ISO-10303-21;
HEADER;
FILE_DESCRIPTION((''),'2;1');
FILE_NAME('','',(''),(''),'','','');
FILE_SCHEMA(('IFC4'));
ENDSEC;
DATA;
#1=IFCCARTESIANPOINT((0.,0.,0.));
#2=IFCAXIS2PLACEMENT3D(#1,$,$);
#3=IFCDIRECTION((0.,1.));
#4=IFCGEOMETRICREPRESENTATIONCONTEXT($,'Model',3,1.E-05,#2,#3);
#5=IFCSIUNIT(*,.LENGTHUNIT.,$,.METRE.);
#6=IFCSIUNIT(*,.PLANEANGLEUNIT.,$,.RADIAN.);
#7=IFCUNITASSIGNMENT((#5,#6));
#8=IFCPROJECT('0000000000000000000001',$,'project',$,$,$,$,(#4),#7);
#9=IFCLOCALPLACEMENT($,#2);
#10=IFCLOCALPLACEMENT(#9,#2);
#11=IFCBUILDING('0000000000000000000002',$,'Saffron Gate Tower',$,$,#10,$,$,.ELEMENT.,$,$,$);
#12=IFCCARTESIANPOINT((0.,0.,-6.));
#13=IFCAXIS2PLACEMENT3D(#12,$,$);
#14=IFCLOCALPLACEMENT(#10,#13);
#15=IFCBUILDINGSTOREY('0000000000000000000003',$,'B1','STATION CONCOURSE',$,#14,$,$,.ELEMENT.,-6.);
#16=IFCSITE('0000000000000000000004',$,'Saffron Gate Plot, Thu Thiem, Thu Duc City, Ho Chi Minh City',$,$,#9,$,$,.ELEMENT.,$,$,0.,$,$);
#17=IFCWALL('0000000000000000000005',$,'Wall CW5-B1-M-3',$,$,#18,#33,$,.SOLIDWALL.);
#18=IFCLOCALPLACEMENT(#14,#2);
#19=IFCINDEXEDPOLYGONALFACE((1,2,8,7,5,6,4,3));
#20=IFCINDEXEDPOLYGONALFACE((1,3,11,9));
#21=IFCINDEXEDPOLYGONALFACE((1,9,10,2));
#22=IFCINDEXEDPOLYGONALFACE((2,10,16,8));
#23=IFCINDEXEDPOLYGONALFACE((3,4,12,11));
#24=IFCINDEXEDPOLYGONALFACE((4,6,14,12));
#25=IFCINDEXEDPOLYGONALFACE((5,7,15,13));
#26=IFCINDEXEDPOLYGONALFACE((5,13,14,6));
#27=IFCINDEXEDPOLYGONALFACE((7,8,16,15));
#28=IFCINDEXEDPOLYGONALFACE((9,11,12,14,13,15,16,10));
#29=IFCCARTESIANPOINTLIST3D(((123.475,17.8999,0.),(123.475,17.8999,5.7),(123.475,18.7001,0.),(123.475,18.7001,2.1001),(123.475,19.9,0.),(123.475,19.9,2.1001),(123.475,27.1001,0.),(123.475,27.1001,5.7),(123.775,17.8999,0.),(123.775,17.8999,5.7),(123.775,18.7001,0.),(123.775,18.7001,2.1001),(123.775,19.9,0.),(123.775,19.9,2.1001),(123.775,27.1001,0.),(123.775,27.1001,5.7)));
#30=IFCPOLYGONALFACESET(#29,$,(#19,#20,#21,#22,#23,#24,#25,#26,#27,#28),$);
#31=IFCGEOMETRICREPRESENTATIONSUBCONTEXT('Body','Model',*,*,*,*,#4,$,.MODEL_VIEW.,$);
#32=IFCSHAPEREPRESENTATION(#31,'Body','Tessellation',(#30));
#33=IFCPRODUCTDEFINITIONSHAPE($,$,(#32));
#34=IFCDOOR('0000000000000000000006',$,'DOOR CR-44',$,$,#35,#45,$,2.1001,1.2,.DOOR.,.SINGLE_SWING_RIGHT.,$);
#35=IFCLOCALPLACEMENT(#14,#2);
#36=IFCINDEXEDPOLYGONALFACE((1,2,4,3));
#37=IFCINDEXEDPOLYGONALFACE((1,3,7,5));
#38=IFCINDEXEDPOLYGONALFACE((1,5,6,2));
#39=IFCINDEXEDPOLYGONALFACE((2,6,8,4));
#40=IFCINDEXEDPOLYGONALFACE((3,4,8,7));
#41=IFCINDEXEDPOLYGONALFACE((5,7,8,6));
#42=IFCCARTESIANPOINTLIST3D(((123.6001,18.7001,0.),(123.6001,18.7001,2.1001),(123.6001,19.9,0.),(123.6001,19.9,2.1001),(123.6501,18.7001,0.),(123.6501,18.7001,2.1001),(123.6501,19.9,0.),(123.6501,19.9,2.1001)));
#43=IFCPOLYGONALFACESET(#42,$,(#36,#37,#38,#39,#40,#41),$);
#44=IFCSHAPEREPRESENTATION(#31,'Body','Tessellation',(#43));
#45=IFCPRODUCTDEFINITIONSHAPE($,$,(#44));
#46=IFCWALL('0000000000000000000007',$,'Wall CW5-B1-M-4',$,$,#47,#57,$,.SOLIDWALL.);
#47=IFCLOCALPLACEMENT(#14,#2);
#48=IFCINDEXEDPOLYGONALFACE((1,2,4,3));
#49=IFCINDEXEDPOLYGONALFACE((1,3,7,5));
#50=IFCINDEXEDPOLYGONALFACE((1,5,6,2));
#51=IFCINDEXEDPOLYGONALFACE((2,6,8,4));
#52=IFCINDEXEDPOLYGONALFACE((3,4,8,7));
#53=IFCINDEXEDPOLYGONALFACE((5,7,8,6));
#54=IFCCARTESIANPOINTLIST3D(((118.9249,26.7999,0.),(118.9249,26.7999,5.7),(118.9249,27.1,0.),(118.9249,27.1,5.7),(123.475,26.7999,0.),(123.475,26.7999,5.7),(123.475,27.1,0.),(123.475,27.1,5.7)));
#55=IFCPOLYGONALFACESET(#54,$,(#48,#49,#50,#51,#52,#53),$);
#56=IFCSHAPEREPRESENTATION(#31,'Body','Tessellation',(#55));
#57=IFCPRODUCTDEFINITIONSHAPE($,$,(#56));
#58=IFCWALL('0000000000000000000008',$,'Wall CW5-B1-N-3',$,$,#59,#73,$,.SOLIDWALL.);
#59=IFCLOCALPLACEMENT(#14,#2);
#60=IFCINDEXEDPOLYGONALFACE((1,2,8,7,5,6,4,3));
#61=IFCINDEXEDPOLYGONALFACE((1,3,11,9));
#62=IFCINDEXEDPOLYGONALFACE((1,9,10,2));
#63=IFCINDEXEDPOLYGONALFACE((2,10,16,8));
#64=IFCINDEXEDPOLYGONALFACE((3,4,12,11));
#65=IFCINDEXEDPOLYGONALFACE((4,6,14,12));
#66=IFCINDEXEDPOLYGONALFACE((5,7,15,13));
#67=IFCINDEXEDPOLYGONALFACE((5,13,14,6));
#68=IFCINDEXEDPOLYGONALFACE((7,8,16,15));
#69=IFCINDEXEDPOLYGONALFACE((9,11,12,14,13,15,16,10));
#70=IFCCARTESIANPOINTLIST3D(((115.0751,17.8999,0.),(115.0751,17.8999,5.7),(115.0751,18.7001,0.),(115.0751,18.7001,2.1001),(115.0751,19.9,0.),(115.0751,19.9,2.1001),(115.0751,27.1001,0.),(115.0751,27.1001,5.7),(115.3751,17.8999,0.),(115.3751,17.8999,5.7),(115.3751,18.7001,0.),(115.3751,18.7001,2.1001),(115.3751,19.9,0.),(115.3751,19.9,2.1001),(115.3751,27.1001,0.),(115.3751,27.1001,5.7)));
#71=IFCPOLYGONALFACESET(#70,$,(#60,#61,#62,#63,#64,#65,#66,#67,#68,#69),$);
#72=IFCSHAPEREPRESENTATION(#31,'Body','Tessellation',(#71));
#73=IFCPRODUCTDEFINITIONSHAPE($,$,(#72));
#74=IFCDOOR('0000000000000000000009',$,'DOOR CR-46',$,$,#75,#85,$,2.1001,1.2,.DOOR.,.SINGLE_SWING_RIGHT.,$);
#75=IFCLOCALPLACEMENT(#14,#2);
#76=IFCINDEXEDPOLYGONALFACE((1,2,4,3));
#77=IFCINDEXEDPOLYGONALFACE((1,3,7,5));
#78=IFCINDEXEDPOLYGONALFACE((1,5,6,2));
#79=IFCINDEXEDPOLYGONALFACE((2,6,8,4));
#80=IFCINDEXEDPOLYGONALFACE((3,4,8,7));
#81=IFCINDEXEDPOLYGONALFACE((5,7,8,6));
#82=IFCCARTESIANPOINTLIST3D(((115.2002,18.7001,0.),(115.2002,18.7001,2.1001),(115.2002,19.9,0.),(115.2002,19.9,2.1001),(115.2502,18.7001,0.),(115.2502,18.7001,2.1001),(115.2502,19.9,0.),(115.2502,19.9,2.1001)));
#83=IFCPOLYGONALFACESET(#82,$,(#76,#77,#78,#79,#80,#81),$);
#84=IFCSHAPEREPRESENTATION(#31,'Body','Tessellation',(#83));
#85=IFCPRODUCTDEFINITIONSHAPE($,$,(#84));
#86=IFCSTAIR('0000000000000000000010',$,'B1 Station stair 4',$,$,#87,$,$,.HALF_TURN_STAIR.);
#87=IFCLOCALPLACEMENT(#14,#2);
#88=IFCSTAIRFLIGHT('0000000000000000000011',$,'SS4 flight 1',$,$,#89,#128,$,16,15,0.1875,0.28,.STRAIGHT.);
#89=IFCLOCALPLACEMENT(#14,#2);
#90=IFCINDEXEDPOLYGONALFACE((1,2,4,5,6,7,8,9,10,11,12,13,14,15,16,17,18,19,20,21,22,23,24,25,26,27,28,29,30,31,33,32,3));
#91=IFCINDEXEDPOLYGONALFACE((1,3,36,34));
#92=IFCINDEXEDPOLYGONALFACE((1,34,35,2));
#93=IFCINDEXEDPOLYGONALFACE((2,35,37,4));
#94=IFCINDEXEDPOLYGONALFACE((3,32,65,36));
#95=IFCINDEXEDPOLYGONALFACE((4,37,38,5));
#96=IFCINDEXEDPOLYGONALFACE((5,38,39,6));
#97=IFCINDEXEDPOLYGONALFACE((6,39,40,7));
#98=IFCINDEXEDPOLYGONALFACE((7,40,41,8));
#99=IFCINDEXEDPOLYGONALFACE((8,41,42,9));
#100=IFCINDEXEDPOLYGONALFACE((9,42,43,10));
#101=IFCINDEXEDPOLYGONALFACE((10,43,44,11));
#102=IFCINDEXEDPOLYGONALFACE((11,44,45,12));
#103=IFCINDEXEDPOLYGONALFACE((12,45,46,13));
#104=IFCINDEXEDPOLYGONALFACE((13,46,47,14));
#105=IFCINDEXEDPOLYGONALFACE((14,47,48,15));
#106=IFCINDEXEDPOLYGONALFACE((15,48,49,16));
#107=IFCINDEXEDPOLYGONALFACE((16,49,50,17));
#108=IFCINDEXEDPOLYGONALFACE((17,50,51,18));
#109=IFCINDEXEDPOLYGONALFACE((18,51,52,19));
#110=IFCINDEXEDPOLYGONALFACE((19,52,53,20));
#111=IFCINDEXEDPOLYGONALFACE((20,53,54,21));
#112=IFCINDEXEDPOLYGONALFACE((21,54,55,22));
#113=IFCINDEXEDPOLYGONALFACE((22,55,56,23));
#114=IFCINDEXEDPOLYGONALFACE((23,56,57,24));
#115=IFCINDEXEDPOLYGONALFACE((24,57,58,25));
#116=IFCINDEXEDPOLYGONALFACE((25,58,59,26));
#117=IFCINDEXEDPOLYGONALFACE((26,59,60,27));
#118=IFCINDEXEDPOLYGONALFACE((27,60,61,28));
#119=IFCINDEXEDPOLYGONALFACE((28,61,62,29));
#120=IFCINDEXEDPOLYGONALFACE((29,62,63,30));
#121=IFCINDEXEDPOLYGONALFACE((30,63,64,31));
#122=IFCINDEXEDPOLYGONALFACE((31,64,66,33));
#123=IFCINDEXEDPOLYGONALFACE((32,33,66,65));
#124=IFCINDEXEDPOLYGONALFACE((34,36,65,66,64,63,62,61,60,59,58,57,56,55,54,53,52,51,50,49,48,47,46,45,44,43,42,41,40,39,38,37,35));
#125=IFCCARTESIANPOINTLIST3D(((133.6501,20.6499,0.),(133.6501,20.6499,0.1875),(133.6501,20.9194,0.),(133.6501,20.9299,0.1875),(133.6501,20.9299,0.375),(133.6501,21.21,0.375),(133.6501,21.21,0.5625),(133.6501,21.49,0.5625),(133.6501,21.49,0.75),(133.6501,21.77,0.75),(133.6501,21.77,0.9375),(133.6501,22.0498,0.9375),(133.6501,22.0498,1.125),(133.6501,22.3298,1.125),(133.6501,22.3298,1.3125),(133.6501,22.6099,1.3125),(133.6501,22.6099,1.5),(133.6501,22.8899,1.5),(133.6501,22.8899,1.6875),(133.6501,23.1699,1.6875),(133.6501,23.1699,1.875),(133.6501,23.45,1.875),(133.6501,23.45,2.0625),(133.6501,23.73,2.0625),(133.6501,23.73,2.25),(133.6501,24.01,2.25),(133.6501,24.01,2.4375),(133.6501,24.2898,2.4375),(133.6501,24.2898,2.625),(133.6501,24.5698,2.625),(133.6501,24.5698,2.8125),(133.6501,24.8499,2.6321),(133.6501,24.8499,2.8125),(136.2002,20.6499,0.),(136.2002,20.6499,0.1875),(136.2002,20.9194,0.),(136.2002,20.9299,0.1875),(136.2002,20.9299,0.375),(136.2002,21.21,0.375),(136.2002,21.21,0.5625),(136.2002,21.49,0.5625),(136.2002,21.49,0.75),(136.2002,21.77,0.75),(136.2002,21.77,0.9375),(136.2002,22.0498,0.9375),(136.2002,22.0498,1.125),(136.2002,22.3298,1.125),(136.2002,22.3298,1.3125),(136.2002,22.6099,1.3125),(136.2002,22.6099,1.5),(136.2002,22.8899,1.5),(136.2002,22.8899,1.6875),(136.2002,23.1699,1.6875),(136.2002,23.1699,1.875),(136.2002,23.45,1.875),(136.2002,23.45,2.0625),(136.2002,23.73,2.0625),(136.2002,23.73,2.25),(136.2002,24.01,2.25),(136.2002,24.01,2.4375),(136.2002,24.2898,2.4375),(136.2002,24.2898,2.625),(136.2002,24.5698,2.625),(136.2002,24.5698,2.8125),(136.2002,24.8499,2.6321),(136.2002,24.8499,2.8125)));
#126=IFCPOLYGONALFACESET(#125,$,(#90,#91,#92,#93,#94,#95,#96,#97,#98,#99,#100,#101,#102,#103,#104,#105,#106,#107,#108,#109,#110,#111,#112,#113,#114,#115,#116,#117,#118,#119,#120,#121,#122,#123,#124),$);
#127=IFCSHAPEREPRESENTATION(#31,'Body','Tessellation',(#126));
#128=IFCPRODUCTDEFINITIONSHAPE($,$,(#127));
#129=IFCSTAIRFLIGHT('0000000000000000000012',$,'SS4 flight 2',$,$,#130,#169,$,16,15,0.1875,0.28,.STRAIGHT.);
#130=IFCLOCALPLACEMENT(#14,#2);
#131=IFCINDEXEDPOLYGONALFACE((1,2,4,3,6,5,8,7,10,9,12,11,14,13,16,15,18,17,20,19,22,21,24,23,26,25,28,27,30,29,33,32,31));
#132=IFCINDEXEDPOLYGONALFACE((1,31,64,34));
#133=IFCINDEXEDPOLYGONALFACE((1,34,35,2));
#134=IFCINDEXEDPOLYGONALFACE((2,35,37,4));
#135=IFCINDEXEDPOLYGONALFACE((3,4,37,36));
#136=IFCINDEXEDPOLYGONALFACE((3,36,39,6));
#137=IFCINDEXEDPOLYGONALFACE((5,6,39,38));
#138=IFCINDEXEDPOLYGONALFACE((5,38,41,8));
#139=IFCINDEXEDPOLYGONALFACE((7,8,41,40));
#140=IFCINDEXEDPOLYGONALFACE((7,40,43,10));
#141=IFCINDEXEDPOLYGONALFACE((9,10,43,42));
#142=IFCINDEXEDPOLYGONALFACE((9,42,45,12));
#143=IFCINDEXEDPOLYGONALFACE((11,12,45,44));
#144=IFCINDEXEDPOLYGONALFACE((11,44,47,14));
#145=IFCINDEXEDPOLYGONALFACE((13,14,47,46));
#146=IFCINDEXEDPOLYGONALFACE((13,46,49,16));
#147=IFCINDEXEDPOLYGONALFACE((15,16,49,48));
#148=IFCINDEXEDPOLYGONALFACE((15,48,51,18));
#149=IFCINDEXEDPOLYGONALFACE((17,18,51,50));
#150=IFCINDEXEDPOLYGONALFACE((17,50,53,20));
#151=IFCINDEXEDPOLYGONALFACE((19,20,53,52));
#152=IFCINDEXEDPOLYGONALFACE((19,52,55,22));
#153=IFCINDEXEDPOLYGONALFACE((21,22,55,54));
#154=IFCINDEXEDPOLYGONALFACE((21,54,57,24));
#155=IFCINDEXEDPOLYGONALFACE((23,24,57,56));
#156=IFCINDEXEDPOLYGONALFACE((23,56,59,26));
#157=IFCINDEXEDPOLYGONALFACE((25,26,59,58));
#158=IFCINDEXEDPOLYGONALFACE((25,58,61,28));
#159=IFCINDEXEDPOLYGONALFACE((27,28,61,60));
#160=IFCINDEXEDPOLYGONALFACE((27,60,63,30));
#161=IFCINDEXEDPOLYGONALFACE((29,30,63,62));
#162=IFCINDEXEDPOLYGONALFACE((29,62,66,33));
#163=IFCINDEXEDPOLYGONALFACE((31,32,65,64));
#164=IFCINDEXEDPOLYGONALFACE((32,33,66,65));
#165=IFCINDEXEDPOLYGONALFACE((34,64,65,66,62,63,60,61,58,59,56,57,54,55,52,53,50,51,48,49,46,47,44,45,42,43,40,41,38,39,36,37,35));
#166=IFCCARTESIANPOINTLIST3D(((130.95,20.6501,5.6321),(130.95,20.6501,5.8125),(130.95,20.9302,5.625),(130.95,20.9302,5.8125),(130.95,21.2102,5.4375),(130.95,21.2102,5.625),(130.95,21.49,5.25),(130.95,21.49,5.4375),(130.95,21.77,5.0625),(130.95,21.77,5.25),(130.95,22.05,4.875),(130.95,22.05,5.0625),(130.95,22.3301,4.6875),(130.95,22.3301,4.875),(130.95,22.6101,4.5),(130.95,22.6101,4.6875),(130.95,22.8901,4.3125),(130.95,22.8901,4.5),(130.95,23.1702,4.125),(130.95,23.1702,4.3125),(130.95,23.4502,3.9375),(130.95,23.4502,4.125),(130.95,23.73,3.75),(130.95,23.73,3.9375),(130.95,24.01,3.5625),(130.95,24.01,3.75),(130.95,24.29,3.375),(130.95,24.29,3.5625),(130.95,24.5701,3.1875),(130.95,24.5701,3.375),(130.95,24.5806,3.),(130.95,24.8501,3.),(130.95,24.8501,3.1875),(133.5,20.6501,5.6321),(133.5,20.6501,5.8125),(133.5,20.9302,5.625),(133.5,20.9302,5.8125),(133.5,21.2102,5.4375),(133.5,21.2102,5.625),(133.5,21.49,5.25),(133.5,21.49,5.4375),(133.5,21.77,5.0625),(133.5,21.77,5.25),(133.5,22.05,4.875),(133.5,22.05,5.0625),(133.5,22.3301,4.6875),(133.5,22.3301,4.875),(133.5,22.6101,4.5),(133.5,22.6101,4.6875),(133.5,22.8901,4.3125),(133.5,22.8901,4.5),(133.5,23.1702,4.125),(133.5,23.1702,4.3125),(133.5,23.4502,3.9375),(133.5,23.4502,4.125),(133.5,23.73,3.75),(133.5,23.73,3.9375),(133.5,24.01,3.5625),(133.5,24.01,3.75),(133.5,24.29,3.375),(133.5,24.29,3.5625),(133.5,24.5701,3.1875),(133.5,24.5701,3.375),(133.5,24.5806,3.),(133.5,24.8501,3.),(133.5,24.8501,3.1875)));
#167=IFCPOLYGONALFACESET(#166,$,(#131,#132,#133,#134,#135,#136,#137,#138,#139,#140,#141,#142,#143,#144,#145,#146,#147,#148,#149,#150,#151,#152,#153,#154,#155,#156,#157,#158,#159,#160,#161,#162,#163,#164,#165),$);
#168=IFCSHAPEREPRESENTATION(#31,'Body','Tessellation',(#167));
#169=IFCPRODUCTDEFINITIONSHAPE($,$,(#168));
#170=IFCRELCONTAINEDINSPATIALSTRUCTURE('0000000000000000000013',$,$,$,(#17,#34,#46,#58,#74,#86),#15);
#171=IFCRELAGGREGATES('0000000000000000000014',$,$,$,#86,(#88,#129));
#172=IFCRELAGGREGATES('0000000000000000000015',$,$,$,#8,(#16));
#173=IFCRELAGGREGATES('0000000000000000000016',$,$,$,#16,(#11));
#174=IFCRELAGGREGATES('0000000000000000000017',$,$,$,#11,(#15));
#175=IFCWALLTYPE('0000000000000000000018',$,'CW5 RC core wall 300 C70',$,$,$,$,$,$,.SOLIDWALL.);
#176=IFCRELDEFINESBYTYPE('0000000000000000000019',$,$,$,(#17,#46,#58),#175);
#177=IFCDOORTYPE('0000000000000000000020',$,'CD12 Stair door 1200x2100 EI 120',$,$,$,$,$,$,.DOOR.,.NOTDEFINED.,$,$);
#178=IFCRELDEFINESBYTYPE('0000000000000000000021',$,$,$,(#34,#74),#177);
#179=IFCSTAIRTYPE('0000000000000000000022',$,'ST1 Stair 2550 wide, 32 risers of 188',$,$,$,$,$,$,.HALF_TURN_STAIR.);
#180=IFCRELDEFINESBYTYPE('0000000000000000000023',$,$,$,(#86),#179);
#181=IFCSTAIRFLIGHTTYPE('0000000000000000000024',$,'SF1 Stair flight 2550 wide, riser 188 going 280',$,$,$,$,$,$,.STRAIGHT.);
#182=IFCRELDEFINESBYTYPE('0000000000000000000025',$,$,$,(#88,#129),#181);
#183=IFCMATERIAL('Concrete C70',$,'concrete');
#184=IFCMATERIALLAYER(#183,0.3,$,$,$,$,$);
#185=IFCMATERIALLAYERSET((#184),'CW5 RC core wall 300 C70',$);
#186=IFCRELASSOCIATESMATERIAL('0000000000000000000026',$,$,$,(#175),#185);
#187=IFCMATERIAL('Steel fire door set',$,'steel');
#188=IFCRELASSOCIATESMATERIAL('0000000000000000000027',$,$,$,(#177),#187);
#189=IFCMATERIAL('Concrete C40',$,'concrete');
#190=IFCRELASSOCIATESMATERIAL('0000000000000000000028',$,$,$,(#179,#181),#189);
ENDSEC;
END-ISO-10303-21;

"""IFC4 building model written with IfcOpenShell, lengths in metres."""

from ifc_helpers import new_model, si_unit, direction, frame, frame_2d, origin, place, context, subcontext, project, spatial, polyline, rectangle, outline, extrude, material, layer, layer_set, type_object, element, fill, aggregate, save


model = new_model("IFC4")

# Units and contexts
model_context = context("Model", 3, precision=1e-05, world=origin(), true_north=direction((0.0, 1.0)))
body_context = subcontext(model_context, "Body", "Model", "MODEL_VIEW")
ifc_project = project(units=[si_unit("LENGTHUNIT", "METRE"), si_unit("PLANEANGLEUNIT", "RADIAN")], contexts=[model_context])

# Site, building, storey
site_placement = place(None, origin())
site = spatial("IfcSite", under=ifc_project, at=site_placement, Name="Saffron Gate Plot, Thu Thiem, Thu Duc City, Ho Chi Minh City", CompositionType="ELEMENT", RefElevation=0.0)
building_placement = place(site_placement, origin())
building = spatial("IfcBuilding", under=site, at=building_placement, Name="Saffron Gate Tower", CompositionType="ELEMENT")
storey_placement = place(building_placement, frame((0.0, 0.0, -6.0)))
storey = spatial("IfcBuildingStorey", under=building, at=storey_placement, Name="B1", Description="STATION CONCOURSE", CompositionType="ELEMENT", Elevation=-6.0)

# Shared definitions
ifc_material_1 = material(Name="Concrete C40", Category="concrete")

# Shared definitions
ifc_material_2 = material(Name="Concrete C70", Category="concrete")
ifc_layer_1 = layer(ifc_material_2, 0.3)
ifc_layer_set_1 = layer_set([ifc_layer_1], Name="CW5 RC core wall 300 C70")
wall_type_1 = type_object("IfcWallType", Name="CW5 RC core wall 300 C70", PredefinedType="SOLIDWALL", material=ifc_layer_set_1)

# Wall, opening, door
wall_1_placement = place(storey_placement, frame((123.625, 17.8999, 0.0), z_axis=(0.0, 0.0, 1.0), x_axis=(0.0, 1.0, 0.0)))
wall_1 = element("IfcWall", 1, at=wall_1_placement, inside=storey, type_object=wall_type_1, Name="Wall CW5-B1-M-3", PredefinedType="SOLIDWALL", context=body_context, shape_type="SweptSolid", body=[
    extrude(rectangle(XDim=9.2002, YDim=0.3, at=frame_2d((4.6001, 0.0))), origin(), (0.0, 0.0, 1.0), 5.7),
])
opening_1_placement = place(wall_1_placement, frame((0.8, 0.0, 0.0)))
opening_1 = element("IfcOpeningElement", 2, at=opening_1_placement, cuts=wall_1, PredefinedType="OPENING", context=body_context, shape_type="SweptSolid", body=[
    extrude(rectangle(XDim=1.2, YDim=2.1001, at=frame_2d((0.6001, 1.05))), frame((0.0, 0.1602, 0.0), z_axis=(0.0, -1.0, 0.0), x_axis=(1.0, 0.0, 0.0)), (0.0, 0.0, 1.0), 0.3201),
])
ifc_material_3 = material(Name="Steel fire door set", Category="steel")
door_type = type_object("IfcDoorType", Name="CD12 Stair door 1200x2100 EI 120", OperationType="NOTDEFINED", PredefinedType="DOOR", material=ifc_material_3)
door_1_placement = place(opening_1_placement, origin())
door_1 = element("IfcDoor", 3, at=door_1_placement, inside=storey, type_object=door_type, Name="DOOR CR-44", OperationType="SINGLE_SWING_RIGHT", OverallHeight=2.1001, OverallWidth=1.2, PredefinedType="DOOR", context=body_context, shape_type="SweptSolid", body=[
    extrude(rectangle(XDim=1.2, YDim=2.1001, at=frame_2d((0.6001, 1.05))), frame((0.0, 0.0249, 0.0), z_axis=(0.0, -1.0, 0.0), x_axis=(1.0, 0.0, 0.0)), (0.0, 0.0, 1.0), 0.05),
])
fill(opening_1, door_1)

# Wall
wall_2_placement = place(storey_placement, frame((118.925, 26.95, 0.0), z_axis=(0.0, 0.0, 1.0), x_axis=(1.0, 0.0, 0.0)))
element("IfcWall", 4, at=wall_2_placement, inside=storey, type_object=wall_type_1, Name="Wall CW5-B1-M-4", PredefinedType="SOLIDWALL", context=body_context, shape_type="SweptSolid", body=[
    extrude(rectangle(XDim=4.55, YDim=0.3, at=frame_2d((2.2749, 0.0))), origin(), (0.0, 0.0, 1.0), 5.7),
])

# Wall, opening, door
wall_3_placement = place(storey_placement, frame((115.2251, 17.8999, 0.0), z_axis=(0.0, 0.0, 1.0), x_axis=(0.0, 1.0, 0.0)))
wall_3 = element("IfcWall", 5, at=wall_3_placement, inside=storey, type_object=wall_type_1, Name="Wall CW5-B1-N-3", PredefinedType="SOLIDWALL", context=body_context, shape_type="SweptSolid", body=[
    extrude(rectangle(XDim=9.2002, YDim=0.3, at=frame_2d((4.6001, 0.0))), origin(), (0.0, 0.0, 1.0), 5.7),
])
opening_2_placement = place(wall_3_placement, frame((0.8, 0.0, 0.0)))
opening_2 = element("IfcOpeningElement", 6, at=opening_2_placement, cuts=wall_3, PredefinedType="OPENING", context=body_context, shape_type="SweptSolid", body=[
    extrude(rectangle(XDim=1.2, YDim=2.1001, at=frame_2d((0.6001, 1.05))), frame((0.0, 0.1602, 0.0), z_axis=(0.0, -1.0, 0.0), x_axis=(1.0, 0.0, 0.0)), (0.0, 0.0, 1.0), 0.3201),
])
door_2_placement = place(opening_2_placement, origin())
door_2 = element("IfcDoor", 7, at=door_2_placement, inside=storey, type_object=door_type, Name="DOOR CR-46", OperationType="SINGLE_SWING_RIGHT", OverallHeight=2.1001, OverallWidth=1.2, PredefinedType="DOOR", context=body_context, shape_type="SweptSolid", body=[
    extrude(rectangle(XDim=1.2, YDim=2.1001, at=frame_2d((0.6001, 1.05))), frame((0.0, 0.0249, 0.0), z_axis=(0.0, -1.0, 0.0), x_axis=(1.0, 0.0, 0.0)), (0.0, 0.0, 1.0), 0.05),
])
fill(opening_2, door_2)

# Stair, stair flights
stair_type_1 = type_object("IfcStairType", Name="ST1 Stair 2550 wide, 32 risers of 188", PredefinedType="HALF_TURN_STAIR", material=ifc_material_1)
stair_1_placement = place(storey_placement, origin())
stair_1 = element("IfcStair", 8, at=stair_1_placement, inside=storey, type_object=stair_type_1, Name="B1 Station stair 4", PredefinedType="HALF_TURN_STAIR")
stair_flight_type_1 = type_object("IfcStairFlightType", Name="SF1 Stair flight 2550 wide, riser 188 going 280", PredefinedType="STRAIGHT", material=ifc_material_1)
stair_flight_1_placement = place(storey_placement, frame((134.925, 20.6499, 0.0), z_axis=(0.0, 0.0, 1.0), x_axis=(0.0, 1.0, 0.0)))
stair_flight_1 = element("IfcStairFlight", 9, at=stair_flight_1_placement, type_object=stair_flight_type_1, Name="SS4 flight 1", NumberOfRisers=16, NumberOfTreads=15, PredefinedType="STRAIGHT", RiserHeight=0.1875, TreadLength=0.28, context=body_context, shape_type="SweptSolid", body=[
    extrude(outline(polyline([(0.0, 0.0), (0.0, 0.1875), (0.28, 0.1875), (0.28, 0.375), (0.5601, 0.375), (0.5601, 0.5625), (0.8401, 0.5625), (0.8401, 0.75), (1.1201, 0.75), (1.1201, 0.9375), (1.3999, 0.9375), (1.3999, 1.125), (1.6799, 1.125), (1.6799, 1.3125), (1.96, 1.3125), (1.96, 1.5), (2.24, 1.5), (2.24, 1.6875), (2.52, 1.6875), (2.52, 1.875), (2.8, 1.875), (2.8, 2.0625), (3.0801, 2.0625), (3.0801, 2.25), (3.3601, 2.25), (3.3601, 2.4375), (3.6399, 2.4375), (3.6399, 2.625), (3.9199, 2.625), (3.9199, 2.8125), (4.2, 2.8125), (4.2, 3.0), (4.2, 2.6321), (0.2695, 0.0), (0.0, 0.0)])), frame((0.0, 1.2749, 0.0), z_axis=(0.0, -1.0, 0.0), x_axis=(1.0, 0.0, 0.0)), (0.0, 0.0, 1.0), 2.55),
])
stair_flight_2_placement = place(storey_placement, frame((132.2251, 24.8501, 3.0), z_axis=(0.0, 0.0, 1.0), x_axis=(0.0, -1.0, 0.0)))
stair_flight_2 = element("IfcStairFlight", 10, at=stair_flight_2_placement, type_object=stair_flight_type_1, Name="SS4 flight 2", NumberOfRisers=16, NumberOfTreads=15, PredefinedType="STRAIGHT", RiserHeight=0.1875, TreadLength=0.28, context=body_context, shape_type="SweptSolid", body=[
    extrude(outline(polyline([(0.0, 0.0), (0.0, 0.1875), (0.28, 0.1875), (0.28, 0.375), (0.5601, 0.375), (0.5601, 0.5625), (0.8401, 0.5625), (0.8401, 0.75), (1.1201, 0.75), (1.1201, 0.9375), (1.3999, 0.9375), (1.3999, 1.125), (1.6799, 1.125), (1.6799, 1.3125), (1.96, 1.3125), (1.96, 1.5), (2.24, 1.5), (2.24, 1.6875), (2.52, 1.6875), (2.52, 1.875), (2.8, 1.875), (2.8, 2.0625), (3.0801, 2.0625), (3.0801, 2.25), (3.3601, 2.25), (3.3601, 2.4375), (3.6399, 2.4375), (3.6399, 2.625), (3.9199, 2.625), (3.9199, 2.8125), (4.2, 2.8125), (4.2, 3.0), (4.2, 2.6321), (0.2695, 0.0), (0.0, 0.0)])), frame((0.0, 1.2749, 0.0), z_axis=(0.0, -1.0, 0.0), x_axis=(1.0, 0.0, 0.0)), (0.0, 0.0, 1.0), 2.55),
])
aggregate(stair_1, [stair_flight_1, stair_flight_2])

save(model, "model.ifc")
